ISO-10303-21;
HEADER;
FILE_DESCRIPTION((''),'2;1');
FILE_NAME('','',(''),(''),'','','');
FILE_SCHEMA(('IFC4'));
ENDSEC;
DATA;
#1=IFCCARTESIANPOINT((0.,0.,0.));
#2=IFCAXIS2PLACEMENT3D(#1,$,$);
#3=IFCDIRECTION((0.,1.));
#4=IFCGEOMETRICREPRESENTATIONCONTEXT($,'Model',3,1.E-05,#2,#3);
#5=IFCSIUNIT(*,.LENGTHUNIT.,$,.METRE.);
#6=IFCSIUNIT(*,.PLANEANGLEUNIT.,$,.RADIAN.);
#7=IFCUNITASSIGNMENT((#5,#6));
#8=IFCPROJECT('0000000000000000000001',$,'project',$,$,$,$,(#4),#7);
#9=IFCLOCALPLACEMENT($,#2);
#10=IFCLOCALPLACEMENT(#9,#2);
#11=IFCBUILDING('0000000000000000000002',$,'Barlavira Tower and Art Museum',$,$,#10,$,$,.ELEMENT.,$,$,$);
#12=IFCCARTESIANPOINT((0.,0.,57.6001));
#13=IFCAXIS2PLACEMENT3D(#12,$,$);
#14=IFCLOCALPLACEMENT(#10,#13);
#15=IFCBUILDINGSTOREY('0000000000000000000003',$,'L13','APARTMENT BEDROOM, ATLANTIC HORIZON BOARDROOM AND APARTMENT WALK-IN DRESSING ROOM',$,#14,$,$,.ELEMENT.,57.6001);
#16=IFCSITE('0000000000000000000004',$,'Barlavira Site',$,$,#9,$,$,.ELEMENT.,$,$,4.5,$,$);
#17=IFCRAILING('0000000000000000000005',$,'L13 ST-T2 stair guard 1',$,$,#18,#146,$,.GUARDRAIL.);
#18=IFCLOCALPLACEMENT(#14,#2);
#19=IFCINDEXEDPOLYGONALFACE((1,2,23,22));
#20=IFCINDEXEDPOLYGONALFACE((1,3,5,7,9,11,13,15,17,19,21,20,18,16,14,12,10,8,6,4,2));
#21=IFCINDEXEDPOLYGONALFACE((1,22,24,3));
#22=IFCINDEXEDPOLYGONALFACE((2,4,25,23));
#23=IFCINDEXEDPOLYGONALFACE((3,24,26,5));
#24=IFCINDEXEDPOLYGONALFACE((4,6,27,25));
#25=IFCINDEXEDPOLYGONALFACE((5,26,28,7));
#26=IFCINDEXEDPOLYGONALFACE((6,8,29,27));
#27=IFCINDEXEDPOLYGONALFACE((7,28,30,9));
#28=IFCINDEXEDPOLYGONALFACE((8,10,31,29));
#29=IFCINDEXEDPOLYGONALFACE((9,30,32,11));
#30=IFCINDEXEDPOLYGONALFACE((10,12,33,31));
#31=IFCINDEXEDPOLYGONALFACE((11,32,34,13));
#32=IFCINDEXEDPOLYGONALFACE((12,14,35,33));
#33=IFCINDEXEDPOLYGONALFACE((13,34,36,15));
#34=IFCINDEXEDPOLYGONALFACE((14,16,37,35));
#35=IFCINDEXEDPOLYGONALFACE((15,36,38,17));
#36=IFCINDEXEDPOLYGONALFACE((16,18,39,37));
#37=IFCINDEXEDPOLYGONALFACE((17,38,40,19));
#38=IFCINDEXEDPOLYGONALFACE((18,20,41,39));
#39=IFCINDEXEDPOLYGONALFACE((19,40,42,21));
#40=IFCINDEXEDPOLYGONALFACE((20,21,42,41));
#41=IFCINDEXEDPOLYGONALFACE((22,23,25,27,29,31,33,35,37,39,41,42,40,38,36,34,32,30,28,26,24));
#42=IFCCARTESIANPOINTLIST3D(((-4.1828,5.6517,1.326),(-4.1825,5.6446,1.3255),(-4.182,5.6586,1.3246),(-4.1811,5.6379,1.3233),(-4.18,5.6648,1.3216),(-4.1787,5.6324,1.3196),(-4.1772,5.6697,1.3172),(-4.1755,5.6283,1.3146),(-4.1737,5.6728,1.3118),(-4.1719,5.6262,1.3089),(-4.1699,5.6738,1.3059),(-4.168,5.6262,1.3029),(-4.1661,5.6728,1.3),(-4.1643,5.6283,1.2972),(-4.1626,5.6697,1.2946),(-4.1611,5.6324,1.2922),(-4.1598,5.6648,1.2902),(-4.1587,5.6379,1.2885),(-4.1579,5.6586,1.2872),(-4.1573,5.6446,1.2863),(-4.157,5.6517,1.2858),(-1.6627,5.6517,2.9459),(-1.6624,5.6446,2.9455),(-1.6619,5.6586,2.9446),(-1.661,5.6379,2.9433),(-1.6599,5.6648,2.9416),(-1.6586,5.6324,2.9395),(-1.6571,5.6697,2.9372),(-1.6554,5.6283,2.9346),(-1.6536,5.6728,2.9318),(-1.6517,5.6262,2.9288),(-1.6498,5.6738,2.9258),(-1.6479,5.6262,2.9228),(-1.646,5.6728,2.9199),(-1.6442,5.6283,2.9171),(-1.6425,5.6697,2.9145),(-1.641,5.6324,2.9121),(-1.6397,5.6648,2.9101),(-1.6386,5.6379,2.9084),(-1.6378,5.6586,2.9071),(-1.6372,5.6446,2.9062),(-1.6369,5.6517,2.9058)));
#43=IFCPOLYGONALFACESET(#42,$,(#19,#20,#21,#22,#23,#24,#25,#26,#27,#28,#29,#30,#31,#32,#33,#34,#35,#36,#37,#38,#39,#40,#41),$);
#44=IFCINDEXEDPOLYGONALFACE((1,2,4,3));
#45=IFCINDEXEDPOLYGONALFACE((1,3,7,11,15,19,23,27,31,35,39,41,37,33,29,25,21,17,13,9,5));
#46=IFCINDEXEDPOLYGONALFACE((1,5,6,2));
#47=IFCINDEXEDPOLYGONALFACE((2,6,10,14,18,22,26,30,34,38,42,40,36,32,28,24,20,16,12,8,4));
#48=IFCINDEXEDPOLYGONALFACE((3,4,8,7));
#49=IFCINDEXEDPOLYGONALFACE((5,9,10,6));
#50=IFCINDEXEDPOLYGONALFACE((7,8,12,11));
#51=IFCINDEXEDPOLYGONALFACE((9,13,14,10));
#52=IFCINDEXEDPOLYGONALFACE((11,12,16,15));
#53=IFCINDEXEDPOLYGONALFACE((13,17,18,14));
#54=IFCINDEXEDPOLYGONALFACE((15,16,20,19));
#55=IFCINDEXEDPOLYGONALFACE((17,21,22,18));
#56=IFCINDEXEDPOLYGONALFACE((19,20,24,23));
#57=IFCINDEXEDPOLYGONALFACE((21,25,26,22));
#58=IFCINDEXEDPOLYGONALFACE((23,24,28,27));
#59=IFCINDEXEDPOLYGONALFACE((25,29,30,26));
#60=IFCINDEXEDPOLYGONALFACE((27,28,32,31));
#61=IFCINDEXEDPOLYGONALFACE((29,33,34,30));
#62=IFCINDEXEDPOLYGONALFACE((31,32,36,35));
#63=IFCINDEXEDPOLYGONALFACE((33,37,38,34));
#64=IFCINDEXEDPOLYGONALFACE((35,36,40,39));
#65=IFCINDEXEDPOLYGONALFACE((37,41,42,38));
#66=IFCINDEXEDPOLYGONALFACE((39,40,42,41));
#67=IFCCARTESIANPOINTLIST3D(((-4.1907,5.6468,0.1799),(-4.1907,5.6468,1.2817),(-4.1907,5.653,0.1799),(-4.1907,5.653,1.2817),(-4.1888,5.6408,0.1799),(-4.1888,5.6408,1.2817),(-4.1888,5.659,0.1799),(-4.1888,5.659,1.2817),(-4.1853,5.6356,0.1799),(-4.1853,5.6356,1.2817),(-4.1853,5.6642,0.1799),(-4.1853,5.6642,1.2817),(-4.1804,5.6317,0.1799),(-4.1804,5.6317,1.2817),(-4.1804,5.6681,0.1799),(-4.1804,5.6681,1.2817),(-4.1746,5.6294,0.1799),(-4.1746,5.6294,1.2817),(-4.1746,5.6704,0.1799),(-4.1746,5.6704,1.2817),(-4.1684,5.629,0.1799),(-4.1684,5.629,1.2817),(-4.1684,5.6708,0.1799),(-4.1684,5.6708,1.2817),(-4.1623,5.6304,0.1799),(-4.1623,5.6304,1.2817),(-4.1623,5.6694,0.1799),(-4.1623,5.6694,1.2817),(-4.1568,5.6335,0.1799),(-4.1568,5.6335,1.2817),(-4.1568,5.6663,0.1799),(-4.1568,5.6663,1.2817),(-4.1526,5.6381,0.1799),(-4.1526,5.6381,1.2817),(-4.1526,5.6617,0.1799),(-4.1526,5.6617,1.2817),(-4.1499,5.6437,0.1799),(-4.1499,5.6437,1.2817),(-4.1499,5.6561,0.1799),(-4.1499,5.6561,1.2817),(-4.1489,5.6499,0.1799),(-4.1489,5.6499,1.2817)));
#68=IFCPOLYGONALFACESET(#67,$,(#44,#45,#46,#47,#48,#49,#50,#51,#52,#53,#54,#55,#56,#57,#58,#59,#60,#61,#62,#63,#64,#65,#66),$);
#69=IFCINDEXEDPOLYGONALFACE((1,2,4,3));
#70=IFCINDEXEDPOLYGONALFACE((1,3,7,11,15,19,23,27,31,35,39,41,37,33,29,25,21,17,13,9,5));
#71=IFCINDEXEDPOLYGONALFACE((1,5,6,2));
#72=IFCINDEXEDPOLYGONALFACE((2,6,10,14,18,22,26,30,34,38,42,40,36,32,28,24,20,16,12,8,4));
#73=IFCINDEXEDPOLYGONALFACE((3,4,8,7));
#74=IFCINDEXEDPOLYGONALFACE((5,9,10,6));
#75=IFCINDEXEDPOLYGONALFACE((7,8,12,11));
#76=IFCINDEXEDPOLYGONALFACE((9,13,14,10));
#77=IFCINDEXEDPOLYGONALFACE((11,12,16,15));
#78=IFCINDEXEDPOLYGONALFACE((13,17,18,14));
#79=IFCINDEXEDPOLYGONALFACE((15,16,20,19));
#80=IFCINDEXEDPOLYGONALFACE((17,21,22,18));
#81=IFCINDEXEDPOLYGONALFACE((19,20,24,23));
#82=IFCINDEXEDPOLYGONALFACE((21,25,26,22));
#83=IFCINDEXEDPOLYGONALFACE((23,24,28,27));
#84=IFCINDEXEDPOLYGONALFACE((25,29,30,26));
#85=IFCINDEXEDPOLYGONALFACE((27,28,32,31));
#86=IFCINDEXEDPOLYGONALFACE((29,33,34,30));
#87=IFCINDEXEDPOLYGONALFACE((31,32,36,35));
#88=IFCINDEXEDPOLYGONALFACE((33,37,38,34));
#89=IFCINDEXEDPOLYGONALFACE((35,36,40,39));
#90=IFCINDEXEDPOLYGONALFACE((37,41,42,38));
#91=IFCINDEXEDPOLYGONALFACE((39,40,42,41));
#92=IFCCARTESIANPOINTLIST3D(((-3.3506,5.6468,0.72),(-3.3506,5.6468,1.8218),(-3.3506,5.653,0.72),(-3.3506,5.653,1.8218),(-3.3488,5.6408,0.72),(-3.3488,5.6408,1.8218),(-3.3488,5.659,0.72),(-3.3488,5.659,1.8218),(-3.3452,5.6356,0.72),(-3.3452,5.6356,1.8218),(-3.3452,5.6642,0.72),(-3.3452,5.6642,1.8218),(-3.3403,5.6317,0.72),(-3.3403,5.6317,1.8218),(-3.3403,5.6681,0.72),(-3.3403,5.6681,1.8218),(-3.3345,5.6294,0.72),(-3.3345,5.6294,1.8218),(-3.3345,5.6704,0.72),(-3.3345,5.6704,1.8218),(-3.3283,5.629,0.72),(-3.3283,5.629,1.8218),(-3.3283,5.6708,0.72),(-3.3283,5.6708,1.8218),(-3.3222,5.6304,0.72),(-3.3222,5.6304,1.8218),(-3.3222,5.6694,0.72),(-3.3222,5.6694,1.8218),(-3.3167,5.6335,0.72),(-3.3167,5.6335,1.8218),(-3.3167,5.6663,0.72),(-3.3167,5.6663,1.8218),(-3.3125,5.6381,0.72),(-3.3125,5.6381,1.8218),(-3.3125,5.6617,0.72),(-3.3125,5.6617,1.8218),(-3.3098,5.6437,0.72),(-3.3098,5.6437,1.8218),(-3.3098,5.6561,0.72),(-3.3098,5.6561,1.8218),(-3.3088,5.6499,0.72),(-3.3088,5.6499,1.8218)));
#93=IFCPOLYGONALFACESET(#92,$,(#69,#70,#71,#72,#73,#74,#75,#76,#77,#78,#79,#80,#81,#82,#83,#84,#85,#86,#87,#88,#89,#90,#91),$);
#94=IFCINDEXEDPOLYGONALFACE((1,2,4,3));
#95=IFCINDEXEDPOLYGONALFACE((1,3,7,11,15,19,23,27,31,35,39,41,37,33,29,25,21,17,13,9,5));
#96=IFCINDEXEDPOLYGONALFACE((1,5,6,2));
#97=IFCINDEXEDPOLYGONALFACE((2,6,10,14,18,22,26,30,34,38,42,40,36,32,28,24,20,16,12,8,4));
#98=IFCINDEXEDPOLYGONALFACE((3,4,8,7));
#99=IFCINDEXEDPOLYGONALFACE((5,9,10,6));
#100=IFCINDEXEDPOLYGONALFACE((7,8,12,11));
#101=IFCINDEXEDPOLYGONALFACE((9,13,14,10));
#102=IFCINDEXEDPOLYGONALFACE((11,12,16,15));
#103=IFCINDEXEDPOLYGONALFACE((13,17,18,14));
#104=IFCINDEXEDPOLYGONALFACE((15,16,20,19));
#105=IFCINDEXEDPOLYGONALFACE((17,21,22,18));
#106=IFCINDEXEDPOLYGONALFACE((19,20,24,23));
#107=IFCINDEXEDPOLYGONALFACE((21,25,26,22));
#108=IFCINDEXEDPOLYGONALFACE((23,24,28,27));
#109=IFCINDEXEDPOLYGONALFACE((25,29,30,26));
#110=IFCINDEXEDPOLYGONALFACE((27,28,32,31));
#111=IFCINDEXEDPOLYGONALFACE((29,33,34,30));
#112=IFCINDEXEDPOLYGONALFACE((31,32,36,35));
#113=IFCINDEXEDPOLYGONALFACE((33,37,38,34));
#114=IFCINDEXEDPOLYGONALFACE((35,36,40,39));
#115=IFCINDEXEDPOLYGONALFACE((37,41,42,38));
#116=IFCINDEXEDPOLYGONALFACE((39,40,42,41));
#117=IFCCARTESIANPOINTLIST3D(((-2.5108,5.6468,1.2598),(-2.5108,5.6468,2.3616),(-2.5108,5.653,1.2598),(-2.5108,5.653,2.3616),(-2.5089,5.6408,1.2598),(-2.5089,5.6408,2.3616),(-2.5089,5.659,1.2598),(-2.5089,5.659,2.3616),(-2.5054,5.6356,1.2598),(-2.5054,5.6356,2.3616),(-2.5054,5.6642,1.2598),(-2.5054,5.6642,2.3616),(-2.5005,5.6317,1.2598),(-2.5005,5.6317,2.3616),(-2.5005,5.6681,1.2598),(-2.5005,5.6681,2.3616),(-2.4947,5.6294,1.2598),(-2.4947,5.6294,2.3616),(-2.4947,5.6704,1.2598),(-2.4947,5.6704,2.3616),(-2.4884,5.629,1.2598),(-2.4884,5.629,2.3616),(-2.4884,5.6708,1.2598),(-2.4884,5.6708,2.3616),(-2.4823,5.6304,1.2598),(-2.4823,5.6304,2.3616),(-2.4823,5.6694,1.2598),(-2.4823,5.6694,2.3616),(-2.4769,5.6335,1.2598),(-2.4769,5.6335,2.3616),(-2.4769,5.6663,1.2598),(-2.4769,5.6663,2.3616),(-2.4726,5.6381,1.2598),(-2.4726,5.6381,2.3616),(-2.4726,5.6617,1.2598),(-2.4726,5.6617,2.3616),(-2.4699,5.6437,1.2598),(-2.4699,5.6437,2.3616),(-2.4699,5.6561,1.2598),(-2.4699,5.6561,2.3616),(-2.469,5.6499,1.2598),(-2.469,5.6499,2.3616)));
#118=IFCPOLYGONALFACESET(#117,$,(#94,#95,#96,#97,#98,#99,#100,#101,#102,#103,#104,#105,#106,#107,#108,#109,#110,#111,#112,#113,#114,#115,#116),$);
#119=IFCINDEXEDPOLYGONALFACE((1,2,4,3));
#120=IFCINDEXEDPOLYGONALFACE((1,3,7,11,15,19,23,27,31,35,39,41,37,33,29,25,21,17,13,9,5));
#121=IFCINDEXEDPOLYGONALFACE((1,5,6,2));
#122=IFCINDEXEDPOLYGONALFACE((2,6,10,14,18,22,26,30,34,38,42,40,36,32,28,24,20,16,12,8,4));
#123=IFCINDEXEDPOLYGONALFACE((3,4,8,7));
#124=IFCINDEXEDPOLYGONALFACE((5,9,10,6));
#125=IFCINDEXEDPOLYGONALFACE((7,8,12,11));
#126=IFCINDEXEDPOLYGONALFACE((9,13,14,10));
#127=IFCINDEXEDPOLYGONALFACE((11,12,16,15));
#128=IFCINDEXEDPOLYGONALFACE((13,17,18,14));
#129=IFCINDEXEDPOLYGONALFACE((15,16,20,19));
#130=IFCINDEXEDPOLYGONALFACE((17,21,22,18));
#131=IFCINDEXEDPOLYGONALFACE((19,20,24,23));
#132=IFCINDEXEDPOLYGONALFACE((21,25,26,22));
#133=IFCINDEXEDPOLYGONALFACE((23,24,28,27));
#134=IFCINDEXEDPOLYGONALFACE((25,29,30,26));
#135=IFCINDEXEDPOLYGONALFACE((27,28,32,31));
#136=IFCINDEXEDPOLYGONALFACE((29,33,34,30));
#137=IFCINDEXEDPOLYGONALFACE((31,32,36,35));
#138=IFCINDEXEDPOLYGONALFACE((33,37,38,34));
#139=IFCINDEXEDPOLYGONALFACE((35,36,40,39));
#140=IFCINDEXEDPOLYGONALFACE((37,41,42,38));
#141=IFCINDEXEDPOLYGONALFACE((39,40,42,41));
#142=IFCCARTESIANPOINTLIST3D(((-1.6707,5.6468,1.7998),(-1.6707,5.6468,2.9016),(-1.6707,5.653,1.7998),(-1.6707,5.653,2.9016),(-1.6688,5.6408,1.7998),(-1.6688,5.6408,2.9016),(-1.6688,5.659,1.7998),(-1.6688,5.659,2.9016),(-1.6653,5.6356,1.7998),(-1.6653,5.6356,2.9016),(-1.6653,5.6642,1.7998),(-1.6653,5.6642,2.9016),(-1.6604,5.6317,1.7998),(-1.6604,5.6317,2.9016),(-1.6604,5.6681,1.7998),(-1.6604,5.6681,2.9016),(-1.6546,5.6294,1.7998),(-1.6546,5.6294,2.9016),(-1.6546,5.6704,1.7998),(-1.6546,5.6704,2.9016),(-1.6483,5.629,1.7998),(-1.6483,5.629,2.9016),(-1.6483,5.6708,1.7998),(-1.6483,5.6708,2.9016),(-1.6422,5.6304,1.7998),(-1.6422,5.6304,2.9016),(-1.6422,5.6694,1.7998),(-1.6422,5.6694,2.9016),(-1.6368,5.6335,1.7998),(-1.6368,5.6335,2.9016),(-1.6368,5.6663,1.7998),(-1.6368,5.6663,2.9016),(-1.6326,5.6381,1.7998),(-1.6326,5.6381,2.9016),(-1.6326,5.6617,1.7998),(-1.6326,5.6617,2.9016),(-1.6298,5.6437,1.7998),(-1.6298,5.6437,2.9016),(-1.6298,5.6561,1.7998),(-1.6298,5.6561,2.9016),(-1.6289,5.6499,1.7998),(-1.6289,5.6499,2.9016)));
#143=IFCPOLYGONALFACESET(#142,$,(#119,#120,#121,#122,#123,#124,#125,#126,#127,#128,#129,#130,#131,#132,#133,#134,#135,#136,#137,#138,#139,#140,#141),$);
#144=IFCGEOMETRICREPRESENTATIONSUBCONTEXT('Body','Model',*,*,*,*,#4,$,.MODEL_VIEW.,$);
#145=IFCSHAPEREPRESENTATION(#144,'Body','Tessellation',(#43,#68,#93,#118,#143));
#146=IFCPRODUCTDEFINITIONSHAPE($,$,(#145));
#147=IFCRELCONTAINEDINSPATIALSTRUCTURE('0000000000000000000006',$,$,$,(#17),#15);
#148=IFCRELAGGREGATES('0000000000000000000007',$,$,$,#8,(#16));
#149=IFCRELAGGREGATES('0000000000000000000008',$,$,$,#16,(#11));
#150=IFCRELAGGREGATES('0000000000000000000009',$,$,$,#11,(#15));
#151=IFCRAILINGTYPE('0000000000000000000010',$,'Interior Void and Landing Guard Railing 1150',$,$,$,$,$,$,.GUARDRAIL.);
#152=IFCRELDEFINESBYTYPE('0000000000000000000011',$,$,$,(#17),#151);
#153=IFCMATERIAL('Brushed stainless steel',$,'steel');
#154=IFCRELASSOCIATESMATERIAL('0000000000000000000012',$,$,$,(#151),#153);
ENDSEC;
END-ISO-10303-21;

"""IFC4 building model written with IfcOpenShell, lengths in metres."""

from ifc_helpers import new_model, si_unit, direction, frame, origin, origin_2d, place, context, subcontext, project, spatial, circle, extrude, material, type_object, element, save


model = new_model("IFC4")

# Units and contexts
model_context = context("Model", 3, precision=1e-05, world=origin(), true_north=direction((0.0, 1.0)))
body_context = subcontext(model_context, "Body", "Model", "MODEL_VIEW")
ifc_project = project(units=[si_unit("LENGTHUNIT", "METRE"), si_unit("PLANEANGLEUNIT", "RADIAN")], contexts=[model_context])

# Site, building, storey
site_placement = place(None, origin())
site = spatial("IfcSite", under=ifc_project, at=site_placement, Name="Barlavira Site", CompositionType="ELEMENT", RefElevation=4.5)
building_placement = place(site_placement, origin())
building = spatial("IfcBuilding", under=site, at=building_placement, Name="Barlavira Tower and Art Museum", CompositionType="ELEMENT")
storey_placement = place(building_placement, frame((0.0, 0.0, 57.6001)))
storey = spatial("IfcBuildingStorey", under=building, at=storey_placement, Name="L13", Description="APARTMENT BEDROOM, ATLANTIC HORIZON BOARDROOM AND APARTMENT WALK-IN DRESSING ROOM", CompositionType="ELEMENT", Elevation=57.6001)

# Shared definitions
ifc_material_1 = material(Name="Brushed stainless steel", Category="steel")

# Railing
railing_type_1 = type_object("IfcRailingType", Name="Interior Void and Landing Guard Railing 1150", PredefinedType="GUARDRAIL", material=ifc_material_1)
railing_1_placement = place(storey_placement, frame((-4.1699, 5.6499, 0.1799)))
element("IfcRailing", 1, at=railing_1_placement, inside=storey, type_object=railing_type_1, Name="L13 ST-T2 stair guard 1", PredefinedType="GUARDRAIL", context=body_context, shape_type="SweptSolid", body=[
    extrude(circle(Radius=0.0239, at=origin_2d()), frame((0.0, 0.0, 1.126), z_axis=(0.8412, 0.0, 0.540725), x_axis=(0.0, 1.0, 0.0)), (0.0, 0.0, 1.0), 2.9958),
    extrude(circle(Radius=0.021, at=origin_2d()), origin(), (0.0, 0.0, 1.0), 1.1018),
    extrude(circle(Radius=0.021, at=origin_2d()), frame((0.8401, 0.0, 0.54)), (0.0, 0.0, 1.0), 1.1018),
    extrude(circle(Radius=0.021, at=origin_2d()), frame((1.6799, 0.0, 1.0798)), (0.0, 0.0, 1.0), 1.1018),
    extrude(circle(Radius=0.021, at=origin_2d()), frame((2.52, 0.0, 1.6199)), (0.0, 0.0, 1.0), 1.1018),
])

save(model, "model.ifc")
